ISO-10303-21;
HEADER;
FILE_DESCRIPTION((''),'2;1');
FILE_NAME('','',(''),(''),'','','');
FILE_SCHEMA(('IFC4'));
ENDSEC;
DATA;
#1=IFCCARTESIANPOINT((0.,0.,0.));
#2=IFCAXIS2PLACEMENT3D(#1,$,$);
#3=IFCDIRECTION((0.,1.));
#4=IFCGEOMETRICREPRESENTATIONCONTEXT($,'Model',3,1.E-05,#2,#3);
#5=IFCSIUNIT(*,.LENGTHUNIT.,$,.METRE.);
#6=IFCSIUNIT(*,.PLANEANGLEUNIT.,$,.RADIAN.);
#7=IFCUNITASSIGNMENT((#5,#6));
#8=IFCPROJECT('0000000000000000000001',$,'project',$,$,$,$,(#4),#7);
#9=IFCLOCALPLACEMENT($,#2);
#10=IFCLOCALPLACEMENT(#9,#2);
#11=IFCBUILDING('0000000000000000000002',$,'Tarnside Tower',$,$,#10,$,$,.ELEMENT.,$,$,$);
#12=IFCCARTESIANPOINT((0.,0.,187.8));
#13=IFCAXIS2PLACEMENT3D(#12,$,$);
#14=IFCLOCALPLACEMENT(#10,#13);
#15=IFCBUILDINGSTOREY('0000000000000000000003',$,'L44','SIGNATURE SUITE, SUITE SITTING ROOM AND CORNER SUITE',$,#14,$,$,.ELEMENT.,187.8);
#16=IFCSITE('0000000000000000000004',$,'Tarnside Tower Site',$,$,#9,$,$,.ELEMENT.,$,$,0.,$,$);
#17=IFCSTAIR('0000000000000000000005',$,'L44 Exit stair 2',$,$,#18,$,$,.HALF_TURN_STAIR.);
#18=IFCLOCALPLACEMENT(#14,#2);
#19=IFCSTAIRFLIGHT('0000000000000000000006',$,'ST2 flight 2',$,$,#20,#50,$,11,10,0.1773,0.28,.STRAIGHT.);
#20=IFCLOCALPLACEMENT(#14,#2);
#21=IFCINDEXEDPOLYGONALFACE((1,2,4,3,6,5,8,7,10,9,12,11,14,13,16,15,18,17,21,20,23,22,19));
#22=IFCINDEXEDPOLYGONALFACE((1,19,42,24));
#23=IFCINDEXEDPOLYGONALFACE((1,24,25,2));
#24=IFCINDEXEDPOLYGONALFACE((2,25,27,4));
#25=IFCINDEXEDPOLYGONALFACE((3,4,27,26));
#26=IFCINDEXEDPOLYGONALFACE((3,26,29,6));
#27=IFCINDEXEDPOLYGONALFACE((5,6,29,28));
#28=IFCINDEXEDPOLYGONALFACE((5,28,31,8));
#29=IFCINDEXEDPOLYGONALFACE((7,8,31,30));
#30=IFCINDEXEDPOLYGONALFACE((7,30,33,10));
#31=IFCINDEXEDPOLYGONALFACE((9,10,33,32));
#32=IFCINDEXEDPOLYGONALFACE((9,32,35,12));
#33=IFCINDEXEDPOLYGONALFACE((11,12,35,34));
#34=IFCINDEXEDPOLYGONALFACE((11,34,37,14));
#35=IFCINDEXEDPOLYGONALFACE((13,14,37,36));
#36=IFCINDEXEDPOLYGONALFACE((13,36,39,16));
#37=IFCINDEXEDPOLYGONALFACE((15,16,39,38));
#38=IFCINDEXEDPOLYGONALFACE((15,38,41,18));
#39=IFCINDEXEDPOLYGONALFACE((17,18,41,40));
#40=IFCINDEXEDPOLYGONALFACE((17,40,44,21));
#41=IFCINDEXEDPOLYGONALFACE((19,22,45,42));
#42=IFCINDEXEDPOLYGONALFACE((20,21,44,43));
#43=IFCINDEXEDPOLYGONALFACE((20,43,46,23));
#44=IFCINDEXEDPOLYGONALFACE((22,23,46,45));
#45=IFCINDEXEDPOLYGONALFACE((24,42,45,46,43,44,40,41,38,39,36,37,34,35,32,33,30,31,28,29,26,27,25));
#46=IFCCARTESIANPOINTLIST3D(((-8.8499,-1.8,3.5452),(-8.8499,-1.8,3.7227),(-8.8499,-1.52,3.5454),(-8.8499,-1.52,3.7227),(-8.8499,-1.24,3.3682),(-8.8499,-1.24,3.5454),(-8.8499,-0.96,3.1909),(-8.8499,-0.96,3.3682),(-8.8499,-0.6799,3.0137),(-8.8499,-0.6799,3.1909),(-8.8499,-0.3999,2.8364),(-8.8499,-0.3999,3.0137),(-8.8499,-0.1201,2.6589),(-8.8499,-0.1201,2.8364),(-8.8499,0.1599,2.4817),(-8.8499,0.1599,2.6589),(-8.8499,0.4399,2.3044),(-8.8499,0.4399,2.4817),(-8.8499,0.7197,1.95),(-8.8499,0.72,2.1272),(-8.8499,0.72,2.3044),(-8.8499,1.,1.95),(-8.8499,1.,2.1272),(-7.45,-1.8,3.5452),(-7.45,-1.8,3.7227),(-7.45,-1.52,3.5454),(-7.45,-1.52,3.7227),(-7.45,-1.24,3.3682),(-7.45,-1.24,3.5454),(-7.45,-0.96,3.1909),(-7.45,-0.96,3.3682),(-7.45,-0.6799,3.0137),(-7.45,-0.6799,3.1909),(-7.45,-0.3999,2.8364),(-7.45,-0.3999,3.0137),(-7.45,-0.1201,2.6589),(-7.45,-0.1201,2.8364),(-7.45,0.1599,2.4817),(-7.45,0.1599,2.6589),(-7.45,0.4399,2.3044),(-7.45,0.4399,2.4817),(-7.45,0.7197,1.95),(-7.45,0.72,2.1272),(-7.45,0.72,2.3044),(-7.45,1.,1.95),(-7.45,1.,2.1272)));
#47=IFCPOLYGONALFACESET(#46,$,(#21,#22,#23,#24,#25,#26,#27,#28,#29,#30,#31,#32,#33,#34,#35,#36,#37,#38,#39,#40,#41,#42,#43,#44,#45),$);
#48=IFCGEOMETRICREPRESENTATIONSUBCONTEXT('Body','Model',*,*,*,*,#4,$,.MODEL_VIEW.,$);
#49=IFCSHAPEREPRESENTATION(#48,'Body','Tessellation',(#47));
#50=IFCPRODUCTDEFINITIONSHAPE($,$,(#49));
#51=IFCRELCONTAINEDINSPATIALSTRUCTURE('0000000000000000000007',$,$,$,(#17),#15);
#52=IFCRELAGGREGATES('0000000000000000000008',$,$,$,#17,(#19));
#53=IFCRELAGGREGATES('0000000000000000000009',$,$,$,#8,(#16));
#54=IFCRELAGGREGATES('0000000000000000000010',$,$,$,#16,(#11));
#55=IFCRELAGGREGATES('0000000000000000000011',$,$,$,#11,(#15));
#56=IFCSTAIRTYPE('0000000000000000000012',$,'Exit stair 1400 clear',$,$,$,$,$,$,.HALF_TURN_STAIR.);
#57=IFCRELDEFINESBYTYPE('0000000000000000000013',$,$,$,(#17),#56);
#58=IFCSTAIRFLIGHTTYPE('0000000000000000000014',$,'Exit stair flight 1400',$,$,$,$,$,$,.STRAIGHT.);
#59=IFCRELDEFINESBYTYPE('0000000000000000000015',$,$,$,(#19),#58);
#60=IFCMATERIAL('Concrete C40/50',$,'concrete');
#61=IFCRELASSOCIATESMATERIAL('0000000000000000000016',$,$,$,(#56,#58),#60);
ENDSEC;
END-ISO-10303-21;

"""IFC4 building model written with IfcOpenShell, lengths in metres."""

from ifc_helpers import new_model, si_unit, direction, frame, origin, place, context, subcontext, project, spatial, polyline, outline, extrude, material, type_object, element, aggregate, save


model = new_model("IFC4")

# Units and contexts
model_context = context("Model", 3, precision=1e-05, world=origin(), true_north=direction((0.0, 1.0)))
body_context = subcontext(model_context, "Body", "Model", "MODEL_VIEW")
ifc_project = project(units=[si_unit("LENGTHUNIT", "METRE"), si_unit("PLANEANGLEUNIT", "RADIAN")], contexts=[model_context])

# Site, building, storey
site_placement = place(None, origin())
site = spatial("IfcSite", under=ifc_project, at=site_placement, Name="Tarnside Tower Site", CompositionType="ELEMENT", RefElevation=0.0)
building_placement = place(site_placement, origin())
building = spatial("IfcBuilding", under=site, at=building_placement, Name="Tarnside Tower", CompositionType="ELEMENT")
storey_placement = place(building_placement, frame((0.0, 0.0, 187.8)))
storey = spatial("IfcBuildingStorey", under=building, at=storey_placement, Name="L44", Description="SIGNATURE SUITE, SUITE SITTING ROOM AND CORNER SUITE", CompositionType="ELEMENT", Elevation=187.8)

# Shared definitions
ifc_material_1 = material(Name="Concrete C40/50", Category="concrete")

# Stair
stair_type = type_object("IfcStairType", Name="Exit stair 1400 clear", PredefinedType="HALF_TURN_STAIR", material=ifc_material_1)
stair_1_placement = place(storey_placement, origin())
stair_1 = element("IfcStair", 1, at=stair_1_placement, inside=storey, type_object=stair_type, Name="L44 Exit stair 2", PredefinedType="HALF_TURN_STAIR")

# Stair flight
stair_flight_type = type_object("IfcStairFlightType", Name="Exit stair flight 1400", PredefinedType="STRAIGHT", material=ifc_material_1)
stair_flight_placement = place(storey_placement, frame((-8.1499, 1.0, 1.95), z_axis=(0.0, 0.0, 1.0), x_axis=(0.0, -1.0, 0.0)))
stair_flight = element("IfcStairFlight", 2, at=stair_flight_placement, type_object=stair_flight_type, Name="ST2 flight 2", NumberOfRisers=11, NumberOfTreads=10, PredefinedType="STRAIGHT", RiserHeight=0.1773, TreadLength=0.28, context=body_context, shape_type="SweptSolid", body=[
    extrude(outline(polyline([(0.0, 0.0), (0.0, 0.1772), (0.28, 0.1772), (0.28, 0.3545), (0.5601, 0.3545), (0.5601, 0.5317), (0.8401, 0.5317), (0.8401, 0.709), (1.1201, 0.709), (1.1201, 0.8865), (1.3999, 0.8865), (1.3999, 1.0637), (1.6799, 1.0637), (1.6799, 1.241), (1.96, 1.241), (1.96, 1.4182), (2.24, 1.4182), (2.24, 1.5955), (2.52, 1.5955), (2.52, 1.7727), (2.8, 1.7727), (2.8, 1.95), (2.8, 1.5952), (0.2803, 0.0), (0.0, 0.0)])), frame((0.0, 0.7, 0.0), z_axis=(0.0, -1.0, 0.0), x_axis=(1.0, 0.0, 0.0)), (0.0, 0.0, 1.0), 1.3999),
])
aggregate(stair_1, [stair_flight])

save(model, "model.ifc")
